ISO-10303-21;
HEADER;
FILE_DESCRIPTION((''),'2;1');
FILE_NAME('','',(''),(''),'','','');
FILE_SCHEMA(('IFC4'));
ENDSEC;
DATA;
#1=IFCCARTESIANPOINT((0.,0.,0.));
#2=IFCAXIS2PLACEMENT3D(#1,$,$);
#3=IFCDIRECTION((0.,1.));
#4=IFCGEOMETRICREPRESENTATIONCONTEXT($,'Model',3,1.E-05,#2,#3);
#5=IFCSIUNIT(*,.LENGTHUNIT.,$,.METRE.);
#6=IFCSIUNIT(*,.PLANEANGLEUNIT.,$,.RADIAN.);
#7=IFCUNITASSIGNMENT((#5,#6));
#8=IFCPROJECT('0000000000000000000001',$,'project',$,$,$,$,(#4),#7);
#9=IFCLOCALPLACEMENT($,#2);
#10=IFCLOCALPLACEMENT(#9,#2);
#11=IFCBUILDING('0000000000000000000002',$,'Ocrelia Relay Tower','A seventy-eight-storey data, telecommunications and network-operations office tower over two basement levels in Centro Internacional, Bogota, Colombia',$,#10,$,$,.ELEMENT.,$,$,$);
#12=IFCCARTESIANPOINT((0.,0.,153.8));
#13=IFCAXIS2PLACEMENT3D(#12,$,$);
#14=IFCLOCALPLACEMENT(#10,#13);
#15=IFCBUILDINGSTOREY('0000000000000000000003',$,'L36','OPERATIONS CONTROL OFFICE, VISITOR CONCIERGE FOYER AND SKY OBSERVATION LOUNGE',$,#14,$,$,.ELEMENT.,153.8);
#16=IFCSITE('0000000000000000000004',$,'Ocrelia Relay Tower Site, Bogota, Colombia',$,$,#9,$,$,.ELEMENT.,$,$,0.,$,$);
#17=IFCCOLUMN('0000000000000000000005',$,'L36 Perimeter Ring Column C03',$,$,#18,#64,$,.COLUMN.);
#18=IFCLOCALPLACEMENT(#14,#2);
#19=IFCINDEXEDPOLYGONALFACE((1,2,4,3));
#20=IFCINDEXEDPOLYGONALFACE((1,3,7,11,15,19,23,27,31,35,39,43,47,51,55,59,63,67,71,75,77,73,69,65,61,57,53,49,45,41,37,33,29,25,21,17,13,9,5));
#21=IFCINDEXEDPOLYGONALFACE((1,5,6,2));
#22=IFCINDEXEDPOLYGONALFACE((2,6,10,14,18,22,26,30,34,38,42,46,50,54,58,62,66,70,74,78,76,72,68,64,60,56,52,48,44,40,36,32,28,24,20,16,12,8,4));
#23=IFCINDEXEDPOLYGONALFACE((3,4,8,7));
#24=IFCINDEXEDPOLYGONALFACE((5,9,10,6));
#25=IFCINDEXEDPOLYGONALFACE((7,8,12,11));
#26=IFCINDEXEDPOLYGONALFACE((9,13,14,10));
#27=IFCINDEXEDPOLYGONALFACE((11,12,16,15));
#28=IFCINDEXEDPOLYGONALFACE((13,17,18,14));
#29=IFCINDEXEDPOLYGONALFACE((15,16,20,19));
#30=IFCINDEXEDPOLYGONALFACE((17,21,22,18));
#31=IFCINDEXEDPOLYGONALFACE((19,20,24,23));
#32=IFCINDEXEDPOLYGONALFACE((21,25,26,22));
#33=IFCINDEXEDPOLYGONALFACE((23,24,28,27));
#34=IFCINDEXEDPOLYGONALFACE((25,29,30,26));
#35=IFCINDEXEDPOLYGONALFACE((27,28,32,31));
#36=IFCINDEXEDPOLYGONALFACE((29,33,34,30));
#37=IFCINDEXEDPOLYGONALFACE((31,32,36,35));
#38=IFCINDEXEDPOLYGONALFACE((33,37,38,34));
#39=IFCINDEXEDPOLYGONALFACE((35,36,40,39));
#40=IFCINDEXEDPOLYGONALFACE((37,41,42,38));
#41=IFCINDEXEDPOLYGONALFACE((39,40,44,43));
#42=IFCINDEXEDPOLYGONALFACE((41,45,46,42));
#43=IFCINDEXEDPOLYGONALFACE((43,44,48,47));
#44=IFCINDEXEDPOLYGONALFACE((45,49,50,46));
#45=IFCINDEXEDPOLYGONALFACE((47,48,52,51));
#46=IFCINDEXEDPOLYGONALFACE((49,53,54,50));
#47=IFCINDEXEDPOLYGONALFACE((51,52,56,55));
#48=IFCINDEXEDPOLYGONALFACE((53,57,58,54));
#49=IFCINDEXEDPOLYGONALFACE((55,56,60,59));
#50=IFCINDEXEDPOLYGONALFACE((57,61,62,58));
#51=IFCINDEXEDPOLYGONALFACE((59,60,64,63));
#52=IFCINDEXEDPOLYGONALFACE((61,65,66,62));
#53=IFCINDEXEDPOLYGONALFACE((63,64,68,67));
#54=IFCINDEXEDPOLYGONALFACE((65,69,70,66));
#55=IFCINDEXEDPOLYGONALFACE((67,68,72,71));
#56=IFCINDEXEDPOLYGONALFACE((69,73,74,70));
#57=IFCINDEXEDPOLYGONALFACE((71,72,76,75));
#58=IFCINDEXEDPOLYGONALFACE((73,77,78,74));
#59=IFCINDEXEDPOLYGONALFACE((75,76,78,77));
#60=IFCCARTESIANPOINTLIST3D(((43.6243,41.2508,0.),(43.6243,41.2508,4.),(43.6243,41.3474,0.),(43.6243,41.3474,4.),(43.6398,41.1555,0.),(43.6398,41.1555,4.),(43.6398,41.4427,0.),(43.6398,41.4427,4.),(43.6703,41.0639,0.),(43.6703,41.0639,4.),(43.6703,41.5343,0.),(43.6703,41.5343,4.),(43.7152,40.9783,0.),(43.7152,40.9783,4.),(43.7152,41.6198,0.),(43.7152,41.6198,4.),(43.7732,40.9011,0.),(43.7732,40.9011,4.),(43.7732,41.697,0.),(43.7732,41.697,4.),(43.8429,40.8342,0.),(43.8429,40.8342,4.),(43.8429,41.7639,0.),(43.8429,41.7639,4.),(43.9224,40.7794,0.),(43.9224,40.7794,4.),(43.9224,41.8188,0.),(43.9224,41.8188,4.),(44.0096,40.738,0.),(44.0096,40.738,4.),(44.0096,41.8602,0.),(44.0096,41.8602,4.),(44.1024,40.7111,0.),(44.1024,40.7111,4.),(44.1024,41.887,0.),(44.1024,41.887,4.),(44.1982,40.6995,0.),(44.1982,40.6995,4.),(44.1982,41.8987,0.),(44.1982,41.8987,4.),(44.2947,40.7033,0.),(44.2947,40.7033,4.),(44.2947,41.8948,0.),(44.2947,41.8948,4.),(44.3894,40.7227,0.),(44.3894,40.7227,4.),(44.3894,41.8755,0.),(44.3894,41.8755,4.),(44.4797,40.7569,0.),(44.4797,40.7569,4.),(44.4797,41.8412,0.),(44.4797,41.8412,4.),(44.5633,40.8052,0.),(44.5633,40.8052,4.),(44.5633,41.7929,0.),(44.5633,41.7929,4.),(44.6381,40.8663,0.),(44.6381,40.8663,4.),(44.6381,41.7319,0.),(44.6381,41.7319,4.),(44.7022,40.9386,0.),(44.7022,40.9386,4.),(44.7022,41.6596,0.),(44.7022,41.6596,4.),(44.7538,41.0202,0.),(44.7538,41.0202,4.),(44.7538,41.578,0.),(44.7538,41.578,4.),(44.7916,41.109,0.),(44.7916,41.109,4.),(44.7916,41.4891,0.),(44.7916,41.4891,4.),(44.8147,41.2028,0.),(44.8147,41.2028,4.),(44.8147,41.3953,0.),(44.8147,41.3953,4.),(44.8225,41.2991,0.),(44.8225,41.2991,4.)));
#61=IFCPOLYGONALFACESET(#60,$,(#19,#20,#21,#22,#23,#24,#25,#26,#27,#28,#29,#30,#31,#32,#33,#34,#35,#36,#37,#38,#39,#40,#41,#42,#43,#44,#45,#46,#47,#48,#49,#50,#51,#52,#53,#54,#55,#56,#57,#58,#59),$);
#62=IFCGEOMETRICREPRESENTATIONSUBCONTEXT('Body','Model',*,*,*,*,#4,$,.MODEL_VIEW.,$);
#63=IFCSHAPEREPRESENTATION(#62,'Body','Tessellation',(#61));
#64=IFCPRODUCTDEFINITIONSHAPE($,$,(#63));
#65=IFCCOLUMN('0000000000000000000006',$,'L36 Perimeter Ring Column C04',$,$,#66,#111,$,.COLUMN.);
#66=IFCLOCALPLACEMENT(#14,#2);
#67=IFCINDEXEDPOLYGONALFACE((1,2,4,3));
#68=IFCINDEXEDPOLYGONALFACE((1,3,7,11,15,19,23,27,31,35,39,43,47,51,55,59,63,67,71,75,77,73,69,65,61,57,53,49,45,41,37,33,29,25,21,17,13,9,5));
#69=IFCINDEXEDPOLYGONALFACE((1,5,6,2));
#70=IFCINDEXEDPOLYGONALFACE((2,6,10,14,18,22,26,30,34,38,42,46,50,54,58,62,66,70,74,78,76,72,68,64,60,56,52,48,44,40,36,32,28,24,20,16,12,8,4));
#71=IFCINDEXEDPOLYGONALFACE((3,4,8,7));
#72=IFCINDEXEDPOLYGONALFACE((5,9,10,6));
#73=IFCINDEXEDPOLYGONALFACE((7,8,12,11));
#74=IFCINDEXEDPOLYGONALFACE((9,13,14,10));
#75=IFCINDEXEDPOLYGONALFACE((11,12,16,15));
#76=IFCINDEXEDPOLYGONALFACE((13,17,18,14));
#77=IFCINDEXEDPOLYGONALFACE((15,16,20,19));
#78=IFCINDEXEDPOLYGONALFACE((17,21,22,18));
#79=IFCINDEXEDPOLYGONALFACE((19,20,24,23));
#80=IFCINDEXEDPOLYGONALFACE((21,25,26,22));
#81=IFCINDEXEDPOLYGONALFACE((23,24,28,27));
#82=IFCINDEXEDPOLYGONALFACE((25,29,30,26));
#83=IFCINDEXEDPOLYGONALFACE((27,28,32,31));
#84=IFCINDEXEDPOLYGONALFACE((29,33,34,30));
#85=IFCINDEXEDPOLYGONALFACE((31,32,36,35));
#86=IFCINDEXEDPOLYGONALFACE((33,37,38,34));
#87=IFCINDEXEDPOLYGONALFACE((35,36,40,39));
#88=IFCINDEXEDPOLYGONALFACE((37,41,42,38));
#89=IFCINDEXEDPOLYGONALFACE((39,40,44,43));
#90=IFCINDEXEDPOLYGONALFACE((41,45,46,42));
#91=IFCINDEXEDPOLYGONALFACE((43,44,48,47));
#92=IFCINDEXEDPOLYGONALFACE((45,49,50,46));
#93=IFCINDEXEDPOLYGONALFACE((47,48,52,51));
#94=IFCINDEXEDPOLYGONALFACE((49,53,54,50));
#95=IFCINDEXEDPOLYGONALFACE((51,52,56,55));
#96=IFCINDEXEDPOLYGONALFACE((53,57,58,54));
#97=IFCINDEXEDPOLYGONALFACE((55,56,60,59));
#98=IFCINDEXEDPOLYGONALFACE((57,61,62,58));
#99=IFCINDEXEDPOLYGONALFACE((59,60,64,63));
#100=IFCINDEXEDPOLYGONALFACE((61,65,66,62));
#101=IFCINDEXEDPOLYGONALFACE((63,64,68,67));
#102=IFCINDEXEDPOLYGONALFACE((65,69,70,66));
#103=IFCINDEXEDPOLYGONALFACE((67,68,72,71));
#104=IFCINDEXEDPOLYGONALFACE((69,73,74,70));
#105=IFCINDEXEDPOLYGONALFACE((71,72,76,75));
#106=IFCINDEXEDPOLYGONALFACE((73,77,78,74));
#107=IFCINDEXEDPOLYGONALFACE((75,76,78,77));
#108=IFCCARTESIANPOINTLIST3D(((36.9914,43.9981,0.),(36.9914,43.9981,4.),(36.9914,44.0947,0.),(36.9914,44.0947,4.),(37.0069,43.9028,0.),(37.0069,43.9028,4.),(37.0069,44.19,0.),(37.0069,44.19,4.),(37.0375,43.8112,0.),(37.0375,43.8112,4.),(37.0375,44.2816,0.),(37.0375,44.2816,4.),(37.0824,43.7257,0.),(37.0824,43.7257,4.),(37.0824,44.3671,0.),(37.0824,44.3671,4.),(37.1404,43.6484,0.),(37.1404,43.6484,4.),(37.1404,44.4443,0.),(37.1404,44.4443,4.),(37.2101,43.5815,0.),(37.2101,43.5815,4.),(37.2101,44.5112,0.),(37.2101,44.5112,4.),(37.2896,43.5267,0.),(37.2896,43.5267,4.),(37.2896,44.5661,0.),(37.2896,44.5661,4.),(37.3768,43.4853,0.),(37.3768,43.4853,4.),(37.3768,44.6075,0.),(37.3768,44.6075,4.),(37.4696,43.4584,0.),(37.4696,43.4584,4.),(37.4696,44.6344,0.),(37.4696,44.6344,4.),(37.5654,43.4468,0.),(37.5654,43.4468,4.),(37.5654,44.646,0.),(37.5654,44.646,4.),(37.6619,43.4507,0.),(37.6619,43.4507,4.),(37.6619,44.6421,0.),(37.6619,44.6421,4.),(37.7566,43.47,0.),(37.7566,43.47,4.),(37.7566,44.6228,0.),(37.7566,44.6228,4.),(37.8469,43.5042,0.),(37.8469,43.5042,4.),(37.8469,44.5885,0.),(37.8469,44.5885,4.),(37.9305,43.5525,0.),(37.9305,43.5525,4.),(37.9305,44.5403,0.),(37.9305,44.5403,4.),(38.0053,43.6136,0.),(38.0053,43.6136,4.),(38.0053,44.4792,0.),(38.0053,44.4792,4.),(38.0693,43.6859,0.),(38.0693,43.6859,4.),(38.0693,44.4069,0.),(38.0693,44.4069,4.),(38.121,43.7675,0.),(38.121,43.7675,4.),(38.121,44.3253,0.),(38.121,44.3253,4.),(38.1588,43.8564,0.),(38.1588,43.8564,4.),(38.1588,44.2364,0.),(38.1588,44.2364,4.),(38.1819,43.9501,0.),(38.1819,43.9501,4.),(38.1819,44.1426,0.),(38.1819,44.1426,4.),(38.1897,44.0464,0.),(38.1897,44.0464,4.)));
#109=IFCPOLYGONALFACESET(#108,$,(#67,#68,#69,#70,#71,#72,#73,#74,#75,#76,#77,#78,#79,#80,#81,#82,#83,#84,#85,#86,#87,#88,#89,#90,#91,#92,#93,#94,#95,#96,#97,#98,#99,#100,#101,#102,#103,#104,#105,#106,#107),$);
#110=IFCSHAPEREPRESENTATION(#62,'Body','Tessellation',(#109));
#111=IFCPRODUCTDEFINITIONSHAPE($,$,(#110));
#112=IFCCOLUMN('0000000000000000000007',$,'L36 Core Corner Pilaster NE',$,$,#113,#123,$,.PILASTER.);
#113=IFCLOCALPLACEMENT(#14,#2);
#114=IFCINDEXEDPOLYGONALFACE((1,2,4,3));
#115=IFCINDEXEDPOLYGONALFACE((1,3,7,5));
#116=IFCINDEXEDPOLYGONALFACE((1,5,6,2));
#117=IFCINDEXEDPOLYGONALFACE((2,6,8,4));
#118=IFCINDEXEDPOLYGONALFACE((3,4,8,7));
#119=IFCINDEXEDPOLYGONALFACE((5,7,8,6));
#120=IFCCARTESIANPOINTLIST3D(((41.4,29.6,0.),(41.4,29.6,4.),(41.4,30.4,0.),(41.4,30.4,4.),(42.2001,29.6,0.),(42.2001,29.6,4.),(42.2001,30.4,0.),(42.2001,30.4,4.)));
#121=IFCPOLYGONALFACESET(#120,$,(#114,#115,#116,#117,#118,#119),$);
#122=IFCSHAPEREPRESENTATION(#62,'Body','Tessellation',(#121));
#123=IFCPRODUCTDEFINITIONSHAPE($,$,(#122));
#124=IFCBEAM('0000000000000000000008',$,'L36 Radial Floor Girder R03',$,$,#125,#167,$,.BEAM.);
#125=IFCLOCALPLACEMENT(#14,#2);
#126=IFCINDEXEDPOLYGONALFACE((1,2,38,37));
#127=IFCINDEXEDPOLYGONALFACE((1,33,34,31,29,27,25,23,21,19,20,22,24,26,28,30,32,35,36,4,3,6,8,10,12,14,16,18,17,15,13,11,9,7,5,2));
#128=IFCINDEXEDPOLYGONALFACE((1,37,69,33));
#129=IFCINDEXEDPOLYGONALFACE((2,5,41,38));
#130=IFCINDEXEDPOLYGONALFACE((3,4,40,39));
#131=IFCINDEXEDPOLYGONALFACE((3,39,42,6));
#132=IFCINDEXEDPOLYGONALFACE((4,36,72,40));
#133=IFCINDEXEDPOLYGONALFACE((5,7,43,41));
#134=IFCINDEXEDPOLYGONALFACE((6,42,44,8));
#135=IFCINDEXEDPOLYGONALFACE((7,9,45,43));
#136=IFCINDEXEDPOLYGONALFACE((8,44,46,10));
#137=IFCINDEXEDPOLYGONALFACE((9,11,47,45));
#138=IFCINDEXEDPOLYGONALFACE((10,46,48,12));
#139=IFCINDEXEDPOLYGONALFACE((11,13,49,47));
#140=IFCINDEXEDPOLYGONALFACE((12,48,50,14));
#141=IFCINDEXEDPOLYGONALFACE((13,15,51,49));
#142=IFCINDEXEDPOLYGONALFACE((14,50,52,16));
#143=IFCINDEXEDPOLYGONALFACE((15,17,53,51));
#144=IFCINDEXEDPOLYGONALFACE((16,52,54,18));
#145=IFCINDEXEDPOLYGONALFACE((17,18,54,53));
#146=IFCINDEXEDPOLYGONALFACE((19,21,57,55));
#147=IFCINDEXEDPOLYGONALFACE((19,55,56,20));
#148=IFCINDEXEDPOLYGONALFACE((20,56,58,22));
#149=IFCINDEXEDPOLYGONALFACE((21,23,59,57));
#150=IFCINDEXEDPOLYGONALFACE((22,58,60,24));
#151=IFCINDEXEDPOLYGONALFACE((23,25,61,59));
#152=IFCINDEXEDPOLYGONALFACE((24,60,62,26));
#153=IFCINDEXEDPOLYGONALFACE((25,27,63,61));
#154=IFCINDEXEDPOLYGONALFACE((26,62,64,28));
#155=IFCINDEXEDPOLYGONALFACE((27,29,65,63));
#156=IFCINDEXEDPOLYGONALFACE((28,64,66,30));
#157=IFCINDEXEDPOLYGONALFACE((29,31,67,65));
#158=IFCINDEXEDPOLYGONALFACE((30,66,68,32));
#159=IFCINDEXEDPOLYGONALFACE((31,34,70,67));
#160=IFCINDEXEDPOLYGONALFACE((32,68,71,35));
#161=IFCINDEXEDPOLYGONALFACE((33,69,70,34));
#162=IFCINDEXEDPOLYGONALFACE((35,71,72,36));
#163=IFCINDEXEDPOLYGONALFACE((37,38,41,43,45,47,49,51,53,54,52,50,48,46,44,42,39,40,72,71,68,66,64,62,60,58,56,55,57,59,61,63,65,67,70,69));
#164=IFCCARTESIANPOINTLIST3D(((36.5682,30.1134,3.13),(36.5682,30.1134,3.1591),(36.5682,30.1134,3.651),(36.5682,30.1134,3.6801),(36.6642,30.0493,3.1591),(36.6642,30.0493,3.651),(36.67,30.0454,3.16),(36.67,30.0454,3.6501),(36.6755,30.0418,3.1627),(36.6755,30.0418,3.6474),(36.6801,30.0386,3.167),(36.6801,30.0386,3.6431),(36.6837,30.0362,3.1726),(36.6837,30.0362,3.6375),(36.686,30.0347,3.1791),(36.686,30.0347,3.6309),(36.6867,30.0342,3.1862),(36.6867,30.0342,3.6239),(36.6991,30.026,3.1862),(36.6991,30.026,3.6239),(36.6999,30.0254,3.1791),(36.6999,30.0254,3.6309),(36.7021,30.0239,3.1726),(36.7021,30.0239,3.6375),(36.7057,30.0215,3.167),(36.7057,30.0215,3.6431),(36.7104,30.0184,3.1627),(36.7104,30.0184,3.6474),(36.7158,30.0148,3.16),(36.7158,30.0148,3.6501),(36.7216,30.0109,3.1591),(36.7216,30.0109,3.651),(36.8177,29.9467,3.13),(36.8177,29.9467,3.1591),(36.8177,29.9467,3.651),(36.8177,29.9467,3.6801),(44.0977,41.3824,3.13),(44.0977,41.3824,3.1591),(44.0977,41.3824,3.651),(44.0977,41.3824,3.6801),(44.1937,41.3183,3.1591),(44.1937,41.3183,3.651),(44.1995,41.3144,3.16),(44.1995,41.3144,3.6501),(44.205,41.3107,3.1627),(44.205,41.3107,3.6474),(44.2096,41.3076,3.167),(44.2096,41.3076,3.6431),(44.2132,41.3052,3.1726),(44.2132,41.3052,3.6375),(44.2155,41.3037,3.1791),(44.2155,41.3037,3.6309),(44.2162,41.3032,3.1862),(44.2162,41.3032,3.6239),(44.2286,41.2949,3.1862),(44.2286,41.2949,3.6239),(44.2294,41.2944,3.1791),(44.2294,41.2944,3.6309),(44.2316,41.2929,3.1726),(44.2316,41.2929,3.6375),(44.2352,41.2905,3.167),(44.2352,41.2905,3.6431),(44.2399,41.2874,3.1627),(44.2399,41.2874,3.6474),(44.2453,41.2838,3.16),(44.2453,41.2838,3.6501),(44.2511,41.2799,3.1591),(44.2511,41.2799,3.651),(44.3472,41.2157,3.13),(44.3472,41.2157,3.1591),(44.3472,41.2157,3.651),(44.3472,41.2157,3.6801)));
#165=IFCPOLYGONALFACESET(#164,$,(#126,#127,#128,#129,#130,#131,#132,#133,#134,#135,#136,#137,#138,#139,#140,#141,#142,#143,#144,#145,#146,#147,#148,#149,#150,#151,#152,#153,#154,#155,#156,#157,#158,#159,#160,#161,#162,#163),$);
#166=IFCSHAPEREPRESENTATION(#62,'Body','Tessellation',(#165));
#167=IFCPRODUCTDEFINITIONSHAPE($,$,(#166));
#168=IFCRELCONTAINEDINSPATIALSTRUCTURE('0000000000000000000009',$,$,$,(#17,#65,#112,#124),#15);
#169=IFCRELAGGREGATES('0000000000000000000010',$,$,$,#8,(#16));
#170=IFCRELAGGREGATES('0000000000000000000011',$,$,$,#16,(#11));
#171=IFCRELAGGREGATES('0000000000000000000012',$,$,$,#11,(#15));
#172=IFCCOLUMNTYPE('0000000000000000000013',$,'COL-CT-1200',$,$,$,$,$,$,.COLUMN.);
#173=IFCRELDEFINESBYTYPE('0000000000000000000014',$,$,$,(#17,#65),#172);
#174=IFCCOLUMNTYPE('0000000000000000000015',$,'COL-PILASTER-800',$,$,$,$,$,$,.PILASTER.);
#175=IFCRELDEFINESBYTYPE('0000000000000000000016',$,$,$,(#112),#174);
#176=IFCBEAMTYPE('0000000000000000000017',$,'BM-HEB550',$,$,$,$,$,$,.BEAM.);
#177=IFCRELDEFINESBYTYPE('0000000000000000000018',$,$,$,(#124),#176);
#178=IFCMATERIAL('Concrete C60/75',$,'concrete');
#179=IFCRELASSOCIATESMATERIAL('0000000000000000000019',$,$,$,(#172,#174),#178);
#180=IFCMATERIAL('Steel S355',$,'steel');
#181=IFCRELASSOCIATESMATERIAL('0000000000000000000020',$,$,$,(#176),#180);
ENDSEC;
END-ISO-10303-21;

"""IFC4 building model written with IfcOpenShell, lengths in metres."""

from ifc_helpers import new_model, si_unit, direction, frame, origin, origin_2d, place, context, subcontext, project, spatial, rectangle, circle, i_section, extrude, material, material_profile, profile_set, type_object, element, save


model = new_model("IFC4")

# Units and contexts
model_context = context("Model", 3, precision=1e-05, world=origin(), true_north=direction((0.0, 1.0)))
body_context = subcontext(model_context, "Body", "Model", "MODEL_VIEW")
ifc_project = project(units=[si_unit("LENGTHUNIT", "METRE"), si_unit("PLANEANGLEUNIT", "RADIAN")], contexts=[model_context])

# Site, building, storey
site_placement = place(None, origin())
site = spatial("IfcSite", under=ifc_project, at=site_placement, Name="Ocrelia Relay Tower Site, Bogota, Colombia", CompositionType="ELEMENT", RefElevation=0.0)
building_placement = place(site_placement, origin())
building = spatial("IfcBuilding", under=site, at=building_placement, Name="Ocrelia Relay Tower", Description="A seventy-eight-storey data, telecommunications and network-operations office tower over two basement levels in Centro Internacional, Bogota, Colombia", CompositionType="ELEMENT")
storey_placement = place(building_placement, frame((0.0, 0.0, 153.8)))
storey = spatial("IfcBuildingStorey", under=building, at=storey_placement, Name="L36", Description="OPERATIONS CONTROL OFFICE, VISITOR CONCIERGE FOYER AND SKY OBSERVATION LOUNGE", CompositionType="ELEMENT", Elevation=153.8)

# Columns
ifc_material_1 = material(Name="Concrete C60/75", Category="concrete")
ifc_material_profile_1 = material_profile(ifc_material_1, circle(Radius=0.6001, at=origin_2d()), Name="RC-CIR-1200")
ifc_profile_set_1 = profile_set([ifc_material_profile_1], Name="Concrete C60/75")
column_type_1 = type_object("IfcColumnType", Name="COL-CT-1200", PredefinedType="COLUMN", material=ifc_profile_set_1)
for number, where, z_axis, x_axis, name in (
    (1, (44.2224, 41.2991, 0.0), (0.0, 0.0, 1.0), (1.0, 0.0, 0.0), "L36 Perimeter Ring Column C03"),
    (2, (37.5896, 44.0464, 0.0), (0.0, 0.0, 1.0), (1.0, 0.0, 0.0), "L36 Perimeter Ring Column C04"),
):
    element("IfcColumn", number, at=place(storey_placement, frame(where, z_axis=z_axis, x_axis=x_axis)), inside=storey, type_object=column_type_1, Name=name, PredefinedType="COLUMN", context=body_context, shape_type="SweptSolid", body=[
        extrude(circle(Radius=0.6001, at=origin_2d()), origin(), (0.0, 0.0, 1.0), 4.0),
    ])
ifc_material_profile_2 = material_profile(ifc_material_1, rectangle(XDim=0.8, YDim=0.8, at=origin_2d()), Name="RC-COL-800x800")
ifc_profile_set_2 = profile_set([ifc_material_profile_2], Name="Concrete C60/75")
column_type_2 = type_object("IfcColumnType", Name="COL-PILASTER-800", PredefinedType="PILASTER", material=ifc_profile_set_2)
column_placement = place(storey_placement, frame((41.8, 30.0, 0.0), z_axis=(0.0, 0.0, 1.0), x_axis=(1.0, 0.0, 0.0)))
element("IfcColumn", 3, at=column_placement, inside=storey, type_object=column_type_2, Name="L36 Core Corner Pilaster NE", PredefinedType="PILASTER", context=body_context, shape_type="SweptSolid", body=[
    extrude(rectangle(XDim=0.8, YDim=0.8, at=origin_2d()), origin(), (0.0, 0.0, 1.0), 4.0),
])

# Beam
ifc_material_2 = material(Name="Steel S355", Category="steel")
ifc_material_profile_3 = material_profile(ifc_material_2, i_section(OverallWidth=0.3, OverallDepth=0.55, WebThickness=0.0149, FlangeThickness=0.0291, FilletRadius=0.0271, at=origin_2d()), Name="HEB 550")
ifc_profile_set_3 = profile_set([ifc_material_profile_3], Name="Steel S355")
beam_type_1 = type_object("IfcBeamType", Name="BM-HEB550", PredefinedType="BEAM", material=ifc_profile_set_3)
beam_1_placement = place(storey_placement, frame((44.2224, 41.2991, 3.405), z_axis=(-0.55556, -0.831476, 0.0), x_axis=(0.831476, -0.55556, 0.0)))
element("IfcBeam", 4, at=beam_1_placement, inside=storey, type_object=beam_type_1, Name="L36 Radial Floor Girder R03", PredefinedType="BEAM", context=body_context, shape_type="SweptSolid", body=[
    extrude(i_section(OverallWidth=0.3, OverallDepth=0.55, WebThickness=0.0149, FlangeThickness=0.0291, FilletRadius=0.0271, at=origin_2d()), origin(), (0.0, 0.0, 1.0), 13.553),
])

save(model, "model.ifc")
